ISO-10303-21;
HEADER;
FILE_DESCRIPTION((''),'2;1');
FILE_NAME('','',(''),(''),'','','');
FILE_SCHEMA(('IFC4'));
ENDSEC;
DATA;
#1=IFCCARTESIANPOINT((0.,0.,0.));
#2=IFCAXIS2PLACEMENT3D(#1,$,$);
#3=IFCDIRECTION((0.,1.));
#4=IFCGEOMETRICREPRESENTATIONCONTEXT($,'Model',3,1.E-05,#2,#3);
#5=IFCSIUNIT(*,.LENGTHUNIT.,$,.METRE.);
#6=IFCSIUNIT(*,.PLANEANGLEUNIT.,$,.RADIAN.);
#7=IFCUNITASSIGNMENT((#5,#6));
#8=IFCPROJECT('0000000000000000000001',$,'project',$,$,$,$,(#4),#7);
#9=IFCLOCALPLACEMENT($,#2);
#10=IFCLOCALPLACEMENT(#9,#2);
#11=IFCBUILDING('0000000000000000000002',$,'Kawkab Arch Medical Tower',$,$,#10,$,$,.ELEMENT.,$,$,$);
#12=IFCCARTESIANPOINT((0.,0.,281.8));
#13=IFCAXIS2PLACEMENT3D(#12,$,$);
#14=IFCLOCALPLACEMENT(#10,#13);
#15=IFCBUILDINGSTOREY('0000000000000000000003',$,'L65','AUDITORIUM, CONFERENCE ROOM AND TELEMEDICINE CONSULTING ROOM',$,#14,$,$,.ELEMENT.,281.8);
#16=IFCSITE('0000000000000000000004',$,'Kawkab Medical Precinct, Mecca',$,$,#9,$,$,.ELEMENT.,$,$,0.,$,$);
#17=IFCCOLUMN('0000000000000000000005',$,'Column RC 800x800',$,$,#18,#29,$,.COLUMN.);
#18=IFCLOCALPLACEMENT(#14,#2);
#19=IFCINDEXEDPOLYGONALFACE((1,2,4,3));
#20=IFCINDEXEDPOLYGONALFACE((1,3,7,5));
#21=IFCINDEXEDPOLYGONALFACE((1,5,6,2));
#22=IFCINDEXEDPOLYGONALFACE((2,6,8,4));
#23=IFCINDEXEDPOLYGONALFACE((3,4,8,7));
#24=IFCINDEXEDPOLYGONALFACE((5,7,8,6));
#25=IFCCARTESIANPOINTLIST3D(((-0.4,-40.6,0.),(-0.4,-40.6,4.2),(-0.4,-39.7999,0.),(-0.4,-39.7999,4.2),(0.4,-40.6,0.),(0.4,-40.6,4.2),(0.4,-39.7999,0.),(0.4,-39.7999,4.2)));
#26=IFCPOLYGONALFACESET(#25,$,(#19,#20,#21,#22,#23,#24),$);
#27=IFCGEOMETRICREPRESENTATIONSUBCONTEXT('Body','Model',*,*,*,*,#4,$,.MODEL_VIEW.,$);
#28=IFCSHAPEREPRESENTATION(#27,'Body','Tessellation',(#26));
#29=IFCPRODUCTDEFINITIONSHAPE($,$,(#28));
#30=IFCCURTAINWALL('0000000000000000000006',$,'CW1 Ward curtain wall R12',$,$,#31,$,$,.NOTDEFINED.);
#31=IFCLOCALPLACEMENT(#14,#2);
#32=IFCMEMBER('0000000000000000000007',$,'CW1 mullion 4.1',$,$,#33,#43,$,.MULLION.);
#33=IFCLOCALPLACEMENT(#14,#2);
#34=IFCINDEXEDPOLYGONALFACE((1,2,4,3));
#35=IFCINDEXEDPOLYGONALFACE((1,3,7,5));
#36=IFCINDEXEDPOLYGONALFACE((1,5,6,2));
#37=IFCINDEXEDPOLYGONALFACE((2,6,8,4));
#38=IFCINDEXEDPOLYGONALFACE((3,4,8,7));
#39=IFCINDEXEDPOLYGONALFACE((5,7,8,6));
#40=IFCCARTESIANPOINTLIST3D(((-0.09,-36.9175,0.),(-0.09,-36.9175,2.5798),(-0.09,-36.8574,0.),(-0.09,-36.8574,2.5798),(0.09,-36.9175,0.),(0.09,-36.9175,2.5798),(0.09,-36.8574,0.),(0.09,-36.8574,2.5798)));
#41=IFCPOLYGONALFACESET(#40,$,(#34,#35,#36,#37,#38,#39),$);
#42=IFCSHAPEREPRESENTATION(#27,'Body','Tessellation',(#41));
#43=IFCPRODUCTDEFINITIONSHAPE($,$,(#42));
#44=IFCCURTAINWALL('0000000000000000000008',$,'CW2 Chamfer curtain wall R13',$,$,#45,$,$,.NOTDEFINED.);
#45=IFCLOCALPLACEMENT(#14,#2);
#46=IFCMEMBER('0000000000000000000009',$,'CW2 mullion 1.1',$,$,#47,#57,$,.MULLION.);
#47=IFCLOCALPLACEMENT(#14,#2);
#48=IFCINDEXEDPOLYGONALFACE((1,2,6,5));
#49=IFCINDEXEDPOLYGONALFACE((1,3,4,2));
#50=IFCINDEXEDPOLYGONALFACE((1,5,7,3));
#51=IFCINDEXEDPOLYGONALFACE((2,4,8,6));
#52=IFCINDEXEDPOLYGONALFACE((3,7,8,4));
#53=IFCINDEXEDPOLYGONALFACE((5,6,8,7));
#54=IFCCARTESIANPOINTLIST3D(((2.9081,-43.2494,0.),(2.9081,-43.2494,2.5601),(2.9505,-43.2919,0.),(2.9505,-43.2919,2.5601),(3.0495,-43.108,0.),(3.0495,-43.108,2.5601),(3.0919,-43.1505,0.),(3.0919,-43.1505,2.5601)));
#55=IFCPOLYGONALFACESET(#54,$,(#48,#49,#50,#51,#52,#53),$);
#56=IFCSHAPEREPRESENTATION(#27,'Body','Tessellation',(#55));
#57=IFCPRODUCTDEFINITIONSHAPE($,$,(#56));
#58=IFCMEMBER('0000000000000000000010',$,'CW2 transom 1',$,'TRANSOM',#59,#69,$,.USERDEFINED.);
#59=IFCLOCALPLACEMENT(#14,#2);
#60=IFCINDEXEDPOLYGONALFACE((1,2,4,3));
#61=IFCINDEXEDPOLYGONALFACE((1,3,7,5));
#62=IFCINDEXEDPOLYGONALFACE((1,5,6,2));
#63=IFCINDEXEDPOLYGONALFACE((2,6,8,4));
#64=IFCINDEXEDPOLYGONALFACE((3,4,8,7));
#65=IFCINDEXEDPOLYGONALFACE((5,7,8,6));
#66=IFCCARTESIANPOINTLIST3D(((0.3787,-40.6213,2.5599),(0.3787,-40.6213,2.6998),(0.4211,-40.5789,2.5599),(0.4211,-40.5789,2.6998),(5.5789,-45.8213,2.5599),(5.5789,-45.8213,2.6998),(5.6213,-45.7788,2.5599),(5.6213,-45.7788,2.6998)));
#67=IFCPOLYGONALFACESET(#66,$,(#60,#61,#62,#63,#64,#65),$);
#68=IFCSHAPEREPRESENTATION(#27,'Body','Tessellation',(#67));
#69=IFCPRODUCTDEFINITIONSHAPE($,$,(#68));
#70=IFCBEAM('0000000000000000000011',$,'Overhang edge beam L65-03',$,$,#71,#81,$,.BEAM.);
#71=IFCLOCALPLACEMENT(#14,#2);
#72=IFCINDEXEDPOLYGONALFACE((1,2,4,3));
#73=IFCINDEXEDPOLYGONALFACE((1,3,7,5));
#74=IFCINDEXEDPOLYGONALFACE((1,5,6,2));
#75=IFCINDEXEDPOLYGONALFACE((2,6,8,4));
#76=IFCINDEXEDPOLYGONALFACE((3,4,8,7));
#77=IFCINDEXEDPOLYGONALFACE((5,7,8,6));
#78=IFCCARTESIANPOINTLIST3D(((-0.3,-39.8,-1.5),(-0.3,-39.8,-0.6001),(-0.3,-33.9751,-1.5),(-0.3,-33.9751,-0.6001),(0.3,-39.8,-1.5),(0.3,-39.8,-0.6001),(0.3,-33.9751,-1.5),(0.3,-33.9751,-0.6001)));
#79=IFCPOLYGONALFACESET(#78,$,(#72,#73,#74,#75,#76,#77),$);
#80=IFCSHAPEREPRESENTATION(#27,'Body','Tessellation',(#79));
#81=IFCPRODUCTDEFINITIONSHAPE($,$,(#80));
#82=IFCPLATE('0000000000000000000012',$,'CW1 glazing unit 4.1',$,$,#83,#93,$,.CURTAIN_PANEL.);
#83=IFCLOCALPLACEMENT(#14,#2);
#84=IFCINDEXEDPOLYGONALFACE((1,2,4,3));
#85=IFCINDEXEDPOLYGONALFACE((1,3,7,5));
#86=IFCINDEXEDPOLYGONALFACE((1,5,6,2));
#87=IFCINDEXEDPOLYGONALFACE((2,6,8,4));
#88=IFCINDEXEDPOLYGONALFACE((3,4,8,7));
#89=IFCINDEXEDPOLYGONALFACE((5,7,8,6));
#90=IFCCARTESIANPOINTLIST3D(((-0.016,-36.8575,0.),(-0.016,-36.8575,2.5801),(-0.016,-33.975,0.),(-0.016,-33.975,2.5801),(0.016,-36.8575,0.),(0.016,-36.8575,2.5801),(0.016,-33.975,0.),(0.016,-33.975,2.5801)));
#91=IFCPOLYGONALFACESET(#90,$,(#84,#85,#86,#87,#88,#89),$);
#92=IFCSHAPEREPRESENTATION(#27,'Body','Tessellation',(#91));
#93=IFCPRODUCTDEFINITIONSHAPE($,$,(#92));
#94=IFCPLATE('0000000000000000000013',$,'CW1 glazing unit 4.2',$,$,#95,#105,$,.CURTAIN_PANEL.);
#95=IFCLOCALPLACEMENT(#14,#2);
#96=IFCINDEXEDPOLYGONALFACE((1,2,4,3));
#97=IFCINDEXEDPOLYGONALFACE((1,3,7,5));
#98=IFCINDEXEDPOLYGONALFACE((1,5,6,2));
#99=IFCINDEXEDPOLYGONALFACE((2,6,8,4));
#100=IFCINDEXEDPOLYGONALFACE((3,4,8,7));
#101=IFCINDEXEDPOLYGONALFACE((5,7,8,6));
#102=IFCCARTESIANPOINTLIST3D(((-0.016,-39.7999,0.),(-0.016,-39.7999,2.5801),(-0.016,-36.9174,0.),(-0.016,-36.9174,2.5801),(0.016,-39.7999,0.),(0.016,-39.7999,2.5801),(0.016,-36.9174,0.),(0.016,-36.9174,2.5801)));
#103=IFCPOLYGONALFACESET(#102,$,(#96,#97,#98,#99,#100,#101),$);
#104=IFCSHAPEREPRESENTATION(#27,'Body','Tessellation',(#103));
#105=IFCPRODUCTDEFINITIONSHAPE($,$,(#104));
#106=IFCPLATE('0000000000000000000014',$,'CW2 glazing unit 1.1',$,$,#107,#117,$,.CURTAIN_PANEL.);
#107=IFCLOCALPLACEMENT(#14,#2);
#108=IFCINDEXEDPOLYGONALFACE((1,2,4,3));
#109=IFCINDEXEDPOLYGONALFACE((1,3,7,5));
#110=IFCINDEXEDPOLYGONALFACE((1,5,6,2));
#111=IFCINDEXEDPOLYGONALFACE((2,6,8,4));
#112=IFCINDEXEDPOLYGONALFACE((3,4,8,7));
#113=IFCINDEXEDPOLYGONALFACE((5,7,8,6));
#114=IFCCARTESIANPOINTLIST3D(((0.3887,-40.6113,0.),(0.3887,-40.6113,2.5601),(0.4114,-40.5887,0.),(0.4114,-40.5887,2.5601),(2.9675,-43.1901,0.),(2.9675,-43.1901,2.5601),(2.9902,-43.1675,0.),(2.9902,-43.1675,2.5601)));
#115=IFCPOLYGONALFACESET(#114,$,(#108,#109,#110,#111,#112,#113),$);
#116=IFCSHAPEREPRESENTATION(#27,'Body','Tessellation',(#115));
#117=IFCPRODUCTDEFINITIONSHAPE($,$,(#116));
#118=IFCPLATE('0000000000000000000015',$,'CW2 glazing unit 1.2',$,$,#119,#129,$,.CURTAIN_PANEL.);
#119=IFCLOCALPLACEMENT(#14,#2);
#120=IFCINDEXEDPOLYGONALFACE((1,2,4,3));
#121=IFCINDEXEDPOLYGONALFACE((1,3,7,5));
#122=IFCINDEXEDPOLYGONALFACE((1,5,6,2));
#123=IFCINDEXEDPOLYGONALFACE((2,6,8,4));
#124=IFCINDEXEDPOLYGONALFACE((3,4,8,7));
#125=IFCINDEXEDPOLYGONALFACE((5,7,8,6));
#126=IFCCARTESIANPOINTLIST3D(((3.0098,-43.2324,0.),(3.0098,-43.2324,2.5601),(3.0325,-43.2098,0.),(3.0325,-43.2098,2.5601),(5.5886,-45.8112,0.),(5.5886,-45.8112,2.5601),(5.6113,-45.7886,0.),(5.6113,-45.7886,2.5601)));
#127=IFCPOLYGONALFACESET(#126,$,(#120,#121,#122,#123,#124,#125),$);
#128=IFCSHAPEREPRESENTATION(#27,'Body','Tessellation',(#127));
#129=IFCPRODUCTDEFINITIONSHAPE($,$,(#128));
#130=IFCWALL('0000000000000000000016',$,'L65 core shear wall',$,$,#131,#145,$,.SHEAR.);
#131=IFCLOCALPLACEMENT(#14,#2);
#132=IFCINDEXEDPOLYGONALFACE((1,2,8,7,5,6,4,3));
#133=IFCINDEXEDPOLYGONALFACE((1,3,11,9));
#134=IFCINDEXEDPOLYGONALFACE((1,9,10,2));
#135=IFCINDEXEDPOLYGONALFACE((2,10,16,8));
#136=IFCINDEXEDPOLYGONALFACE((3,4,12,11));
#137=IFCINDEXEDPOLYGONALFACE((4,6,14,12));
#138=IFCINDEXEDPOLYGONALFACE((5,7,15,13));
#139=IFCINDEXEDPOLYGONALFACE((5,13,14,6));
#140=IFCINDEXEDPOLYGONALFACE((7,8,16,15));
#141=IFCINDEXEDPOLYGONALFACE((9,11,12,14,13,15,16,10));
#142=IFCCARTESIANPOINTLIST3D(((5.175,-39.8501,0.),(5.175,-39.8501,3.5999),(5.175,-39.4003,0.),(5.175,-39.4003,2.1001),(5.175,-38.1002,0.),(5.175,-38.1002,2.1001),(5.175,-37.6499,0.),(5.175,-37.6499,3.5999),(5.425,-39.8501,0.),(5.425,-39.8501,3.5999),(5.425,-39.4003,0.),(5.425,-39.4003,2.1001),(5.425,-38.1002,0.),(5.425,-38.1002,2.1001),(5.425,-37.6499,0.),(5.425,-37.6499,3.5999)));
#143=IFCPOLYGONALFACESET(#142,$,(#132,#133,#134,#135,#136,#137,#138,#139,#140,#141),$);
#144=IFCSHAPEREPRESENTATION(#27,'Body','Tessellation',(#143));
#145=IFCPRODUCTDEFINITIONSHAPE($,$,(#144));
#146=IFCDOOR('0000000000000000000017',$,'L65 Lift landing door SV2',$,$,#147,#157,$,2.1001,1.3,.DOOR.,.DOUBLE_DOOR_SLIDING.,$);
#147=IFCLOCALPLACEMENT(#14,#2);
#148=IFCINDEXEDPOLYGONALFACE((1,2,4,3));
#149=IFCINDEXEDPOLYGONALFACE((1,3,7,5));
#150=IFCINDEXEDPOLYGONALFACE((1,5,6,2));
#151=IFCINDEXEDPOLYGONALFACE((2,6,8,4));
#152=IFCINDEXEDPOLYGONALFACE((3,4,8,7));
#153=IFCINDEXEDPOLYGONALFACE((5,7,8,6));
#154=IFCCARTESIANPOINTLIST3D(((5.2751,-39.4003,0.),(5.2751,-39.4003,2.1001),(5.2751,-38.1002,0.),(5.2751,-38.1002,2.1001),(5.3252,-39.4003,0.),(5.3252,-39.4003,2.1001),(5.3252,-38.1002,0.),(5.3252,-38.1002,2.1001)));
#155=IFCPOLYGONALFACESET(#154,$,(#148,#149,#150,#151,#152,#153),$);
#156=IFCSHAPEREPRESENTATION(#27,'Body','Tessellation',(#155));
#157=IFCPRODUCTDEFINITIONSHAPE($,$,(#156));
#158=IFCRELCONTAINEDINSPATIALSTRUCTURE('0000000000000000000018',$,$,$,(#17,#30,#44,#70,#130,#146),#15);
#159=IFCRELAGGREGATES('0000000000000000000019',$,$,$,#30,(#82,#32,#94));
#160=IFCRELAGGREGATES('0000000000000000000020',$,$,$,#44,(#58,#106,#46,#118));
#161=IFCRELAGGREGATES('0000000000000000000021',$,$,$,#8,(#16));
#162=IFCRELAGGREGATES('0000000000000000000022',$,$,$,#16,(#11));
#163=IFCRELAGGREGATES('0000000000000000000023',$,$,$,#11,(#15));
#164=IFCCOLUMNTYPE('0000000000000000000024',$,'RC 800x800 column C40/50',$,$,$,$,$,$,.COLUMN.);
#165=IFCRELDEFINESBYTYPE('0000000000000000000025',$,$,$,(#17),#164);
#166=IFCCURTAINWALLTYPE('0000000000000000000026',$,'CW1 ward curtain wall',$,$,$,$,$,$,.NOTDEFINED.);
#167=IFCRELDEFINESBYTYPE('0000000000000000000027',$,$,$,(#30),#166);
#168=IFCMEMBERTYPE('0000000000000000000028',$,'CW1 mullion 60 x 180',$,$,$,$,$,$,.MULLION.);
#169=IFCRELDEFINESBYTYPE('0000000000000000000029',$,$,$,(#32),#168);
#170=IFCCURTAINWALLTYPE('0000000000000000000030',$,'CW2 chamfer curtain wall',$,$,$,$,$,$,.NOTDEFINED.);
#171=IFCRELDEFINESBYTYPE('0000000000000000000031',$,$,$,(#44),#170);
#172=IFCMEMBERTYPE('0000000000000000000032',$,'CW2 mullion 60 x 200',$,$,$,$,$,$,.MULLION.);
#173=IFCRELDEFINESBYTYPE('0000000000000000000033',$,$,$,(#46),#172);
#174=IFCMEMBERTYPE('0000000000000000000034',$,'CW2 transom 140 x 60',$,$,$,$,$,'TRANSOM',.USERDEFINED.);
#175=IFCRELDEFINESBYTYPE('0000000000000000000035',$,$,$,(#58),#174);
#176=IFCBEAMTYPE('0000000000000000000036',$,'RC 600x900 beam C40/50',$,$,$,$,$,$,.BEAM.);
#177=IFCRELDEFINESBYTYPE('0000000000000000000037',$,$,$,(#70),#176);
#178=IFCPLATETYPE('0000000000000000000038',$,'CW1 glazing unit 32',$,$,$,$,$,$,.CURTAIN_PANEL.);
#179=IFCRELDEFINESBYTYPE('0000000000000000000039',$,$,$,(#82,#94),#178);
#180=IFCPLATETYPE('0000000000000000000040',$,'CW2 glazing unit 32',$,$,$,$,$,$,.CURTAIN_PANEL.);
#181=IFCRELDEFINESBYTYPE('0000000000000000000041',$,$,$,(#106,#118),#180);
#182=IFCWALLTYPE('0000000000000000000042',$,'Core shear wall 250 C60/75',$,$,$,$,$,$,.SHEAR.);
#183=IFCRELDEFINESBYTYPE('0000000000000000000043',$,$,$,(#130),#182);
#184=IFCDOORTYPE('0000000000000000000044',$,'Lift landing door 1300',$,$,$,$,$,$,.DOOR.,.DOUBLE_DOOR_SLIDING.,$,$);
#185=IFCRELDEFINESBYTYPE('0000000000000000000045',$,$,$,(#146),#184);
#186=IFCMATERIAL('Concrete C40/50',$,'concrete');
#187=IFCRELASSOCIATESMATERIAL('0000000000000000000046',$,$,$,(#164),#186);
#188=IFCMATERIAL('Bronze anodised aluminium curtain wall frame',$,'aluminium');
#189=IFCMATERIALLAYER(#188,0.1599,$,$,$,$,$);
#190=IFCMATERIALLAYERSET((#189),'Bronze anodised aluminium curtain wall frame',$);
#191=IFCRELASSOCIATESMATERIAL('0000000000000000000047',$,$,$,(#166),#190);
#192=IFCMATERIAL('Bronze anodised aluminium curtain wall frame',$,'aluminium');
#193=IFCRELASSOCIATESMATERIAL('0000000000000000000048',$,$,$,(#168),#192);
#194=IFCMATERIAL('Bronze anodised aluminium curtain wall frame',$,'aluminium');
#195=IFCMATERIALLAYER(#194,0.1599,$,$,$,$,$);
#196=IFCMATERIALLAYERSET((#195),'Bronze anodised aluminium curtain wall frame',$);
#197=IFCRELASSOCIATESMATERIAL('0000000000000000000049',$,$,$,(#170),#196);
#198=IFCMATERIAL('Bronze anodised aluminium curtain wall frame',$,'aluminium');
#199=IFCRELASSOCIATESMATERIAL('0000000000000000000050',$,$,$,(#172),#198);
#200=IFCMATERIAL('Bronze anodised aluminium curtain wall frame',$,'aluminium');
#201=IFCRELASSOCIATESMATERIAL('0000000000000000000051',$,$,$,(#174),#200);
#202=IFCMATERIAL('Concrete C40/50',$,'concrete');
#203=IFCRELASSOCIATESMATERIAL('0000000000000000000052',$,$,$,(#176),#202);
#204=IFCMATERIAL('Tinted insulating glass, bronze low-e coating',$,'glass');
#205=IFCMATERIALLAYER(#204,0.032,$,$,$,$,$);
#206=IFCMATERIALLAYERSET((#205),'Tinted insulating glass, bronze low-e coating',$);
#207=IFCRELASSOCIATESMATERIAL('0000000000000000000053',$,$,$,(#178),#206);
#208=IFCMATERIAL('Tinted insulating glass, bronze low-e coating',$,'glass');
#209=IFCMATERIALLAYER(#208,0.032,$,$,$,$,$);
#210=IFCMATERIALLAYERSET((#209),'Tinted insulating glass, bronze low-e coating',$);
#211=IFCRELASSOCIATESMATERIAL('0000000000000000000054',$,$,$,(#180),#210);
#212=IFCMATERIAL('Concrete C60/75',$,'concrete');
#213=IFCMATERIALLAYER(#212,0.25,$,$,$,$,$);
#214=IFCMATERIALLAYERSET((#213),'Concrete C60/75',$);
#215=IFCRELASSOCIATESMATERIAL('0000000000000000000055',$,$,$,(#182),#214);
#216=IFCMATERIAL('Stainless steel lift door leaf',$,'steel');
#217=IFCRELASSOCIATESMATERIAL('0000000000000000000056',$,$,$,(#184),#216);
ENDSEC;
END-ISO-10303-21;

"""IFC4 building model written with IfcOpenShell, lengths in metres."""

from ifc_helpers import new_model, si_unit, direction, frame, frame_2d, origin, origin_2d, place, context, subcontext, project, spatial, rectangle, extrude, material, layer, layer_set, material_profile, profile_set, type_object, element, fill, aggregate, save


model = new_model("IFC4")

# Units and contexts
model_context = context("Model", 3, precision=1e-05, world=origin(), true_north=direction((0.0, 1.0)))
body_context = subcontext(model_context, "Body", "Model", "MODEL_VIEW")
ifc_project = project(units=[si_unit("LENGTHUNIT", "METRE"), si_unit("PLANEANGLEUNIT", "RADIAN")], contexts=[model_context])

# Site, building, storey
site_placement = place(None, origin())
site = spatial("IfcSite", under=ifc_project, at=site_placement, Name="Kawkab Medical Precinct, Mecca", CompositionType="ELEMENT", RefElevation=0.0)
building_placement = place(site_placement, origin())
building = spatial("IfcBuilding", under=site, at=building_placement, Name="Kawkab Arch Medical Tower", CompositionType="ELEMENT")
storey_placement = place(building_placement, frame((0.0, 0.0, 281.8)))
storey = spatial("IfcBuildingStorey", under=building, at=storey_placement, Name="L65", Description="AUDITORIUM, CONFERENCE ROOM AND TELEMEDICINE CONSULTING ROOM", CompositionType="ELEMENT", Elevation=281.8)

# Column
ifc_material_1 = material(Name="Concrete C40/50", Category="concrete")
ifc_material_profile_1 = material_profile(ifc_material_1, rectangle(XDim=0.8, YDim=0.8, at=origin_2d()), Name="RC 800x800")
ifc_profile_set_1 = profile_set([ifc_material_profile_1], Name="Concrete C40/50")
column_type = type_object("IfcColumnType", Name="RC 800x800 column C40/50", PredefinedType="COLUMN", material=ifc_profile_set_1)
column_placement = place(storey_placement, frame((0.0, -40.2, 0.0), z_axis=(0.0, 0.0, 1.0), x_axis=(1.0, 0.0, 0.0)))
element("IfcColumn", 1, at=column_placement, inside=storey, type_object=column_type, Name="Column RC 800x800", PredefinedType="COLUMN", context=body_context, shape_type="SweptSolid", body=[
    extrude(rectangle(XDim=0.8, YDim=0.8, at=origin_2d()), origin(), (0.0, 0.0, 1.0), 4.2),
])

# Curtain wall, member
ifc_material_2 = material(Name="Bronze anodised aluminium curtain wall frame", Category="aluminium")
ifc_layer_1 = layer(ifc_material_2, 0.1599)
ifc_layer_set_1 = layer_set([ifc_layer_1], Name="Bronze anodised aluminium curtain wall frame")
curtain_wall_type_1 = type_object("IfcCurtainWallType", Name="CW1 ward curtain wall", PredefinedType="NOTDEFINED", material=ifc_layer_set_1)
placement = place(storey_placement, origin())
curtain_wall_1 = element("IfcCurtainWall", 2, at=placement, inside=storey, type_object=curtain_wall_type_1, Name="CW1 Ward curtain wall R12", PredefinedType="NOTDEFINED")
ifc_material_3 = material(Name="Bronze anodised aluminium curtain wall frame", Category="aluminium")
ifc_material_profile_2 = material_profile(ifc_material_3, rectangle(XDim=0.1799, YDim=0.0601, at=origin_2d()), Name="AL 60x180")
ifc_profile_set_2 = profile_set([ifc_material_profile_2], Name="Bronze anodised aluminium curtain wall frame")
member_type_1 = type_object("IfcMemberType", Name="CW1 mullion 60 x 180", PredefinedType="MULLION", material=ifc_profile_set_2)
member_1_placement = place(storey_placement, frame((0.0, -36.8875, 0.0), z_axis=(0.0, 0.0, 1.0), x_axis=(1.0, 0.0, 0.0)))
member_1 = element("IfcMember", 3, at=member_1_placement, type_object=member_type_1, Name="CW1 mullion 4.1", PredefinedType="MULLION", context=body_context, shape_type="SweptSolid", body=[
    extrude(rectangle(XDim=0.1799, YDim=0.0601, at=origin_2d()), origin(), (0.0, 0.0, 1.0), 2.5798),
])

# Curtain wall, members
ifc_material_4 = material(Name="Bronze anodised aluminium curtain wall frame", Category="aluminium")
ifc_layer_2 = layer(ifc_material_4, 0.1599)
ifc_layer_set_2 = layer_set([ifc_layer_2], Name="Bronze anodised aluminium curtain wall frame")
curtain_wall_type_2 = type_object("IfcCurtainWallType", Name="CW2 chamfer curtain wall", PredefinedType="NOTDEFINED", material=ifc_layer_set_2)
curtain_wall_2 = element("IfcCurtainWall", 4, at=placement, inside=storey, type_object=curtain_wall_type_2, Name="CW2 Chamfer curtain wall R13", PredefinedType="NOTDEFINED")
ifc_material_5 = material(Name="Bronze anodised aluminium curtain wall frame", Category="aluminium")
ifc_material_profile_3 = material_profile(ifc_material_5, rectangle(XDim=0.2, YDim=0.0601, at=origin_2d()), Name="AL 60x200")
ifc_profile_set_3 = profile_set([ifc_material_profile_3], Name="Bronze anodised aluminium curtain wall frame")
member_type_2 = type_object("IfcMemberType", Name="CW2 mullion 60 x 200", PredefinedType="MULLION", material=ifc_profile_set_3)
member_2_placement = place(storey_placement, frame((3.0, -43.2, 0.0), z_axis=(0.0, 0.0, 1.0), x_axis=(0.707107, 0.707107, 0.0)))
member_2 = element("IfcMember", 5, at=member_2_placement, type_object=member_type_2, Name="CW2 mullion 1.1", PredefinedType="MULLION", context=body_context, shape_type="SweptSolid", body=[
    extrude(rectangle(XDim=0.2, YDim=0.0601, at=origin_2d()), origin(), (0.0, 0.0, 1.0), 2.5601),
])
ifc_material_6 = material(Name="Bronze anodised aluminium curtain wall frame", Category="aluminium")
ifc_material_profile_4 = material_profile(ifc_material_6, rectangle(XDim=0.0601, YDim=0.1399, at=origin_2d()), Name="AL 60x140")
ifc_profile_set_4 = profile_set([ifc_material_profile_4], Name="Bronze anodised aluminium curtain wall frame")
member_type_3 = type_object("IfcMemberType", Name="CW2 transom 140 x 60", ElementType="TRANSOM", PredefinedType="USERDEFINED", material=ifc_profile_set_4)
member_3_placement = place(storey_placement, frame((0.3999, -40.6001, 2.6299), z_axis=(0.707123, -0.70709, 0.0), x_axis=(0.70709, 0.707123, 0.0)))
member_3 = element("IfcMember", 6, at=member_3_placement, type_object=member_type_3, Name="CW2 transom 1", ObjectType="TRANSOM", PredefinedType="USERDEFINED", context=body_context, shape_type="SweptSolid", body=[
    extrude(rectangle(XDim=0.0601, YDim=0.1399, at=origin_2d()), origin(), (0.0, 0.0, 1.0), 7.354),
])

# Beam
ifc_material_7 = material(Name="Concrete C40/50", Category="concrete")
ifc_material_profile_5 = material_profile(ifc_material_7, rectangle(XDim=0.6001, YDim=0.8999, at=origin_2d()), Name="RC 600x900")
ifc_profile_set_5 = profile_set([ifc_material_profile_5], Name="Concrete C40/50")
beam_type = type_object("IfcBeamType", Name="RC 600x900 beam C40/50", PredefinedType="BEAM", material=ifc_profile_set_5)
beam_placement = place(storey_placement, frame((0.0, -39.8, -1.05), z_axis=(0.0, 1.0, 0.0), x_axis=(-1.0, 0.0, 0.0)))
element("IfcBeam", 7, at=beam_placement, inside=storey, type_object=beam_type, Name="Overhang edge beam L65-03", PredefinedType="BEAM", context=body_context, shape_type="SweptSolid", body=[
    extrude(rectangle(XDim=0.6001, YDim=0.8999, at=origin_2d()), origin(), (0.0, 0.0, 1.0), 5.825),
])

# Plates
ifc_material_8 = material(Name="Tinted insulating glass, bronze low-e coating", Category="glass")
ifc_layer_3 = layer(ifc_material_8, 0.032)
ifc_layer_set_3 = layer_set([ifc_layer_3], Name="Tinted insulating glass, bronze low-e coating")
plate_type_1 = type_object("IfcPlateType", Name="CW1 glazing unit 32", PredefinedType="CURTAIN_PANEL", material=ifc_layer_set_3)
plate_1_placement = place(storey_placement, frame((0.0, -35.4163, 0.0), z_axis=(0.0, 0.0, 1.0), x_axis=(0.0, -1.0, 0.0)))
plate_1 = element("IfcPlate", 8, at=plate_1_placement, type_object=plate_type_1, Name="CW1 glazing unit 4.1", PredefinedType="CURTAIN_PANEL", context=body_context, shape_type="SweptSolid", body=[
    extrude(rectangle(XDim=2.8826, YDim=0.032, at=origin_2d()), origin(), (0.0, 0.0, 1.0), 2.5801),
])
plate_2_placement = place(storey_placement, frame((0.0, -38.3586, 0.0), z_axis=(0.0, 0.0, 1.0), x_axis=(0.0, -1.0, 0.0)))
plate_2 = element("IfcPlate", 9, at=plate_2_placement, type_object=plate_type_1, Name="CW1 glazing unit 4.2", PredefinedType="CURTAIN_PANEL", context=body_context, shape_type="SweptSolid", body=[
    extrude(rectangle(XDim=2.8826, YDim=0.032, at=origin_2d()), origin(), (0.0, 0.0, 1.0), 2.5801),
])
aggregate(curtain_wall_1, [plate_1, member_1, plate_2])
ifc_material_9 = material(Name="Tinted insulating glass, bronze low-e coating", Category="glass")
ifc_layer_4 = layer(ifc_material_9, 0.032)
ifc_layer_set_4 = layer_set([ifc_layer_4], Name="Tinted insulating glass, bronze low-e coating")
plate_type_2 = type_object("IfcPlateType", Name="CW2 glazing unit 32", PredefinedType="CURTAIN_PANEL", material=ifc_layer_set_4)
plate_3_placement = place(storey_placement, frame((1.6895, -41.8894, 0.0), z_axis=(0.0, 0.0, 1.0), x_axis=(0.707107, -0.707107, 0.0)))
plate_3 = element("IfcPlate", 10, at=plate_3_placement, type_object=plate_type_2, Name="CW2 glazing unit 1.1", PredefinedType="CURTAIN_PANEL", context=body_context, shape_type="SweptSolid", body=[
    extrude(rectangle(XDim=3.647, YDim=0.032, at=origin_2d()), origin(), (0.0, 0.0, 1.0), 2.5601),
])
plate_4_placement = place(storey_placement, frame((4.3105, -44.5105, 0.0), z_axis=(0.0, 0.0, 1.0), x_axis=(0.707107, -0.707107, 0.0)))
plate_4 = element("IfcPlate", 11, at=plate_4_placement, type_object=plate_type_2, Name="CW2 glazing unit 1.2", PredefinedType="CURTAIN_PANEL", context=body_context, shape_type="SweptSolid", body=[
    extrude(rectangle(XDim=3.647, YDim=0.032, at=origin_2d()), origin(), (0.0, 0.0, 1.0), 2.5601),
])
aggregate(curtain_wall_2, [member_3, plate_3, member_2, plate_4])

# Wall, opening, door
ifc_material_10 = material(Name="Concrete C60/75", Category="concrete")
ifc_layer_5 = layer(ifc_material_10, 0.25)
ifc_layer_set_5 = layer_set([ifc_layer_5], Name="Concrete C60/75")
wall_type_1 = type_object("IfcWallType", Name="Core shear wall 250 C60/75", PredefinedType="SHEAR", material=ifc_layer_set_5)
wall_1_placement = place(storey_placement, frame((5.3, -39.8501, 0.0), z_axis=(0.0, 0.0, 1.0), x_axis=(0.0, 1.0, 0.0)))
wall_1 = element("IfcWall", 12, at=wall_1_placement, inside=storey, type_object=wall_type_1, Name="L65 core shear wall", PredefinedType="SHEAR", context=body_context, shape_type="SweptSolid", body=[
    extrude(rectangle(XDim=2.2002, YDim=0.25, at=frame_2d((1.1001, 0.0))), origin(), (0.0, 0.0, 1.0), 3.5999),
])
opening_1_placement = place(wall_1_placement, frame((0.45, 0.0, 0.0)))
opening_1 = element("IfcOpeningElement", 13, at=opening_1_placement, cuts=wall_1, PredefinedType="OPENING", context=body_context, shape_type="SweptSolid", body=[
    extrude(rectangle(XDim=1.3, YDim=2.1001, at=frame_2d((0.6499, 1.05))), frame((0.0, 0.135, 0.0), z_axis=(0.0, -1.0, 0.0), x_axis=(1.0, 0.0, 0.0)), (0.0, 0.0, 1.0), 0.27),
])
ifc_material_11 = material(Name="Stainless steel lift door leaf", Category="steel")
door_type_1 = type_object("IfcDoorType", Name="Lift landing door 1300", OperationType="DOUBLE_DOOR_SLIDING", PredefinedType="DOOR", material=ifc_material_11)
door_1_placement = place(opening_1_placement, origin())
door_1 = element("IfcDoor", 14, at=door_1_placement, inside=storey, type_object=door_type_1, Name="L65 Lift landing door SV2", OperationType="DOUBLE_DOOR_SLIDING", OverallHeight=2.1001, OverallWidth=1.3, PredefinedType="DOOR", context=body_context, shape_type="SweptSolid", body=[
    extrude(rectangle(XDim=1.3, YDim=2.1001, at=frame_2d((0.6499, 1.05))), frame((0.0, 0.0249, 0.0), z_axis=(0.0, -1.0, 0.0), x_axis=(1.0, 0.0, 0.0)), (0.0, 0.0, 1.0), 0.05),
])
fill(opening_1, door_1)

save(model, "model.ifc")
